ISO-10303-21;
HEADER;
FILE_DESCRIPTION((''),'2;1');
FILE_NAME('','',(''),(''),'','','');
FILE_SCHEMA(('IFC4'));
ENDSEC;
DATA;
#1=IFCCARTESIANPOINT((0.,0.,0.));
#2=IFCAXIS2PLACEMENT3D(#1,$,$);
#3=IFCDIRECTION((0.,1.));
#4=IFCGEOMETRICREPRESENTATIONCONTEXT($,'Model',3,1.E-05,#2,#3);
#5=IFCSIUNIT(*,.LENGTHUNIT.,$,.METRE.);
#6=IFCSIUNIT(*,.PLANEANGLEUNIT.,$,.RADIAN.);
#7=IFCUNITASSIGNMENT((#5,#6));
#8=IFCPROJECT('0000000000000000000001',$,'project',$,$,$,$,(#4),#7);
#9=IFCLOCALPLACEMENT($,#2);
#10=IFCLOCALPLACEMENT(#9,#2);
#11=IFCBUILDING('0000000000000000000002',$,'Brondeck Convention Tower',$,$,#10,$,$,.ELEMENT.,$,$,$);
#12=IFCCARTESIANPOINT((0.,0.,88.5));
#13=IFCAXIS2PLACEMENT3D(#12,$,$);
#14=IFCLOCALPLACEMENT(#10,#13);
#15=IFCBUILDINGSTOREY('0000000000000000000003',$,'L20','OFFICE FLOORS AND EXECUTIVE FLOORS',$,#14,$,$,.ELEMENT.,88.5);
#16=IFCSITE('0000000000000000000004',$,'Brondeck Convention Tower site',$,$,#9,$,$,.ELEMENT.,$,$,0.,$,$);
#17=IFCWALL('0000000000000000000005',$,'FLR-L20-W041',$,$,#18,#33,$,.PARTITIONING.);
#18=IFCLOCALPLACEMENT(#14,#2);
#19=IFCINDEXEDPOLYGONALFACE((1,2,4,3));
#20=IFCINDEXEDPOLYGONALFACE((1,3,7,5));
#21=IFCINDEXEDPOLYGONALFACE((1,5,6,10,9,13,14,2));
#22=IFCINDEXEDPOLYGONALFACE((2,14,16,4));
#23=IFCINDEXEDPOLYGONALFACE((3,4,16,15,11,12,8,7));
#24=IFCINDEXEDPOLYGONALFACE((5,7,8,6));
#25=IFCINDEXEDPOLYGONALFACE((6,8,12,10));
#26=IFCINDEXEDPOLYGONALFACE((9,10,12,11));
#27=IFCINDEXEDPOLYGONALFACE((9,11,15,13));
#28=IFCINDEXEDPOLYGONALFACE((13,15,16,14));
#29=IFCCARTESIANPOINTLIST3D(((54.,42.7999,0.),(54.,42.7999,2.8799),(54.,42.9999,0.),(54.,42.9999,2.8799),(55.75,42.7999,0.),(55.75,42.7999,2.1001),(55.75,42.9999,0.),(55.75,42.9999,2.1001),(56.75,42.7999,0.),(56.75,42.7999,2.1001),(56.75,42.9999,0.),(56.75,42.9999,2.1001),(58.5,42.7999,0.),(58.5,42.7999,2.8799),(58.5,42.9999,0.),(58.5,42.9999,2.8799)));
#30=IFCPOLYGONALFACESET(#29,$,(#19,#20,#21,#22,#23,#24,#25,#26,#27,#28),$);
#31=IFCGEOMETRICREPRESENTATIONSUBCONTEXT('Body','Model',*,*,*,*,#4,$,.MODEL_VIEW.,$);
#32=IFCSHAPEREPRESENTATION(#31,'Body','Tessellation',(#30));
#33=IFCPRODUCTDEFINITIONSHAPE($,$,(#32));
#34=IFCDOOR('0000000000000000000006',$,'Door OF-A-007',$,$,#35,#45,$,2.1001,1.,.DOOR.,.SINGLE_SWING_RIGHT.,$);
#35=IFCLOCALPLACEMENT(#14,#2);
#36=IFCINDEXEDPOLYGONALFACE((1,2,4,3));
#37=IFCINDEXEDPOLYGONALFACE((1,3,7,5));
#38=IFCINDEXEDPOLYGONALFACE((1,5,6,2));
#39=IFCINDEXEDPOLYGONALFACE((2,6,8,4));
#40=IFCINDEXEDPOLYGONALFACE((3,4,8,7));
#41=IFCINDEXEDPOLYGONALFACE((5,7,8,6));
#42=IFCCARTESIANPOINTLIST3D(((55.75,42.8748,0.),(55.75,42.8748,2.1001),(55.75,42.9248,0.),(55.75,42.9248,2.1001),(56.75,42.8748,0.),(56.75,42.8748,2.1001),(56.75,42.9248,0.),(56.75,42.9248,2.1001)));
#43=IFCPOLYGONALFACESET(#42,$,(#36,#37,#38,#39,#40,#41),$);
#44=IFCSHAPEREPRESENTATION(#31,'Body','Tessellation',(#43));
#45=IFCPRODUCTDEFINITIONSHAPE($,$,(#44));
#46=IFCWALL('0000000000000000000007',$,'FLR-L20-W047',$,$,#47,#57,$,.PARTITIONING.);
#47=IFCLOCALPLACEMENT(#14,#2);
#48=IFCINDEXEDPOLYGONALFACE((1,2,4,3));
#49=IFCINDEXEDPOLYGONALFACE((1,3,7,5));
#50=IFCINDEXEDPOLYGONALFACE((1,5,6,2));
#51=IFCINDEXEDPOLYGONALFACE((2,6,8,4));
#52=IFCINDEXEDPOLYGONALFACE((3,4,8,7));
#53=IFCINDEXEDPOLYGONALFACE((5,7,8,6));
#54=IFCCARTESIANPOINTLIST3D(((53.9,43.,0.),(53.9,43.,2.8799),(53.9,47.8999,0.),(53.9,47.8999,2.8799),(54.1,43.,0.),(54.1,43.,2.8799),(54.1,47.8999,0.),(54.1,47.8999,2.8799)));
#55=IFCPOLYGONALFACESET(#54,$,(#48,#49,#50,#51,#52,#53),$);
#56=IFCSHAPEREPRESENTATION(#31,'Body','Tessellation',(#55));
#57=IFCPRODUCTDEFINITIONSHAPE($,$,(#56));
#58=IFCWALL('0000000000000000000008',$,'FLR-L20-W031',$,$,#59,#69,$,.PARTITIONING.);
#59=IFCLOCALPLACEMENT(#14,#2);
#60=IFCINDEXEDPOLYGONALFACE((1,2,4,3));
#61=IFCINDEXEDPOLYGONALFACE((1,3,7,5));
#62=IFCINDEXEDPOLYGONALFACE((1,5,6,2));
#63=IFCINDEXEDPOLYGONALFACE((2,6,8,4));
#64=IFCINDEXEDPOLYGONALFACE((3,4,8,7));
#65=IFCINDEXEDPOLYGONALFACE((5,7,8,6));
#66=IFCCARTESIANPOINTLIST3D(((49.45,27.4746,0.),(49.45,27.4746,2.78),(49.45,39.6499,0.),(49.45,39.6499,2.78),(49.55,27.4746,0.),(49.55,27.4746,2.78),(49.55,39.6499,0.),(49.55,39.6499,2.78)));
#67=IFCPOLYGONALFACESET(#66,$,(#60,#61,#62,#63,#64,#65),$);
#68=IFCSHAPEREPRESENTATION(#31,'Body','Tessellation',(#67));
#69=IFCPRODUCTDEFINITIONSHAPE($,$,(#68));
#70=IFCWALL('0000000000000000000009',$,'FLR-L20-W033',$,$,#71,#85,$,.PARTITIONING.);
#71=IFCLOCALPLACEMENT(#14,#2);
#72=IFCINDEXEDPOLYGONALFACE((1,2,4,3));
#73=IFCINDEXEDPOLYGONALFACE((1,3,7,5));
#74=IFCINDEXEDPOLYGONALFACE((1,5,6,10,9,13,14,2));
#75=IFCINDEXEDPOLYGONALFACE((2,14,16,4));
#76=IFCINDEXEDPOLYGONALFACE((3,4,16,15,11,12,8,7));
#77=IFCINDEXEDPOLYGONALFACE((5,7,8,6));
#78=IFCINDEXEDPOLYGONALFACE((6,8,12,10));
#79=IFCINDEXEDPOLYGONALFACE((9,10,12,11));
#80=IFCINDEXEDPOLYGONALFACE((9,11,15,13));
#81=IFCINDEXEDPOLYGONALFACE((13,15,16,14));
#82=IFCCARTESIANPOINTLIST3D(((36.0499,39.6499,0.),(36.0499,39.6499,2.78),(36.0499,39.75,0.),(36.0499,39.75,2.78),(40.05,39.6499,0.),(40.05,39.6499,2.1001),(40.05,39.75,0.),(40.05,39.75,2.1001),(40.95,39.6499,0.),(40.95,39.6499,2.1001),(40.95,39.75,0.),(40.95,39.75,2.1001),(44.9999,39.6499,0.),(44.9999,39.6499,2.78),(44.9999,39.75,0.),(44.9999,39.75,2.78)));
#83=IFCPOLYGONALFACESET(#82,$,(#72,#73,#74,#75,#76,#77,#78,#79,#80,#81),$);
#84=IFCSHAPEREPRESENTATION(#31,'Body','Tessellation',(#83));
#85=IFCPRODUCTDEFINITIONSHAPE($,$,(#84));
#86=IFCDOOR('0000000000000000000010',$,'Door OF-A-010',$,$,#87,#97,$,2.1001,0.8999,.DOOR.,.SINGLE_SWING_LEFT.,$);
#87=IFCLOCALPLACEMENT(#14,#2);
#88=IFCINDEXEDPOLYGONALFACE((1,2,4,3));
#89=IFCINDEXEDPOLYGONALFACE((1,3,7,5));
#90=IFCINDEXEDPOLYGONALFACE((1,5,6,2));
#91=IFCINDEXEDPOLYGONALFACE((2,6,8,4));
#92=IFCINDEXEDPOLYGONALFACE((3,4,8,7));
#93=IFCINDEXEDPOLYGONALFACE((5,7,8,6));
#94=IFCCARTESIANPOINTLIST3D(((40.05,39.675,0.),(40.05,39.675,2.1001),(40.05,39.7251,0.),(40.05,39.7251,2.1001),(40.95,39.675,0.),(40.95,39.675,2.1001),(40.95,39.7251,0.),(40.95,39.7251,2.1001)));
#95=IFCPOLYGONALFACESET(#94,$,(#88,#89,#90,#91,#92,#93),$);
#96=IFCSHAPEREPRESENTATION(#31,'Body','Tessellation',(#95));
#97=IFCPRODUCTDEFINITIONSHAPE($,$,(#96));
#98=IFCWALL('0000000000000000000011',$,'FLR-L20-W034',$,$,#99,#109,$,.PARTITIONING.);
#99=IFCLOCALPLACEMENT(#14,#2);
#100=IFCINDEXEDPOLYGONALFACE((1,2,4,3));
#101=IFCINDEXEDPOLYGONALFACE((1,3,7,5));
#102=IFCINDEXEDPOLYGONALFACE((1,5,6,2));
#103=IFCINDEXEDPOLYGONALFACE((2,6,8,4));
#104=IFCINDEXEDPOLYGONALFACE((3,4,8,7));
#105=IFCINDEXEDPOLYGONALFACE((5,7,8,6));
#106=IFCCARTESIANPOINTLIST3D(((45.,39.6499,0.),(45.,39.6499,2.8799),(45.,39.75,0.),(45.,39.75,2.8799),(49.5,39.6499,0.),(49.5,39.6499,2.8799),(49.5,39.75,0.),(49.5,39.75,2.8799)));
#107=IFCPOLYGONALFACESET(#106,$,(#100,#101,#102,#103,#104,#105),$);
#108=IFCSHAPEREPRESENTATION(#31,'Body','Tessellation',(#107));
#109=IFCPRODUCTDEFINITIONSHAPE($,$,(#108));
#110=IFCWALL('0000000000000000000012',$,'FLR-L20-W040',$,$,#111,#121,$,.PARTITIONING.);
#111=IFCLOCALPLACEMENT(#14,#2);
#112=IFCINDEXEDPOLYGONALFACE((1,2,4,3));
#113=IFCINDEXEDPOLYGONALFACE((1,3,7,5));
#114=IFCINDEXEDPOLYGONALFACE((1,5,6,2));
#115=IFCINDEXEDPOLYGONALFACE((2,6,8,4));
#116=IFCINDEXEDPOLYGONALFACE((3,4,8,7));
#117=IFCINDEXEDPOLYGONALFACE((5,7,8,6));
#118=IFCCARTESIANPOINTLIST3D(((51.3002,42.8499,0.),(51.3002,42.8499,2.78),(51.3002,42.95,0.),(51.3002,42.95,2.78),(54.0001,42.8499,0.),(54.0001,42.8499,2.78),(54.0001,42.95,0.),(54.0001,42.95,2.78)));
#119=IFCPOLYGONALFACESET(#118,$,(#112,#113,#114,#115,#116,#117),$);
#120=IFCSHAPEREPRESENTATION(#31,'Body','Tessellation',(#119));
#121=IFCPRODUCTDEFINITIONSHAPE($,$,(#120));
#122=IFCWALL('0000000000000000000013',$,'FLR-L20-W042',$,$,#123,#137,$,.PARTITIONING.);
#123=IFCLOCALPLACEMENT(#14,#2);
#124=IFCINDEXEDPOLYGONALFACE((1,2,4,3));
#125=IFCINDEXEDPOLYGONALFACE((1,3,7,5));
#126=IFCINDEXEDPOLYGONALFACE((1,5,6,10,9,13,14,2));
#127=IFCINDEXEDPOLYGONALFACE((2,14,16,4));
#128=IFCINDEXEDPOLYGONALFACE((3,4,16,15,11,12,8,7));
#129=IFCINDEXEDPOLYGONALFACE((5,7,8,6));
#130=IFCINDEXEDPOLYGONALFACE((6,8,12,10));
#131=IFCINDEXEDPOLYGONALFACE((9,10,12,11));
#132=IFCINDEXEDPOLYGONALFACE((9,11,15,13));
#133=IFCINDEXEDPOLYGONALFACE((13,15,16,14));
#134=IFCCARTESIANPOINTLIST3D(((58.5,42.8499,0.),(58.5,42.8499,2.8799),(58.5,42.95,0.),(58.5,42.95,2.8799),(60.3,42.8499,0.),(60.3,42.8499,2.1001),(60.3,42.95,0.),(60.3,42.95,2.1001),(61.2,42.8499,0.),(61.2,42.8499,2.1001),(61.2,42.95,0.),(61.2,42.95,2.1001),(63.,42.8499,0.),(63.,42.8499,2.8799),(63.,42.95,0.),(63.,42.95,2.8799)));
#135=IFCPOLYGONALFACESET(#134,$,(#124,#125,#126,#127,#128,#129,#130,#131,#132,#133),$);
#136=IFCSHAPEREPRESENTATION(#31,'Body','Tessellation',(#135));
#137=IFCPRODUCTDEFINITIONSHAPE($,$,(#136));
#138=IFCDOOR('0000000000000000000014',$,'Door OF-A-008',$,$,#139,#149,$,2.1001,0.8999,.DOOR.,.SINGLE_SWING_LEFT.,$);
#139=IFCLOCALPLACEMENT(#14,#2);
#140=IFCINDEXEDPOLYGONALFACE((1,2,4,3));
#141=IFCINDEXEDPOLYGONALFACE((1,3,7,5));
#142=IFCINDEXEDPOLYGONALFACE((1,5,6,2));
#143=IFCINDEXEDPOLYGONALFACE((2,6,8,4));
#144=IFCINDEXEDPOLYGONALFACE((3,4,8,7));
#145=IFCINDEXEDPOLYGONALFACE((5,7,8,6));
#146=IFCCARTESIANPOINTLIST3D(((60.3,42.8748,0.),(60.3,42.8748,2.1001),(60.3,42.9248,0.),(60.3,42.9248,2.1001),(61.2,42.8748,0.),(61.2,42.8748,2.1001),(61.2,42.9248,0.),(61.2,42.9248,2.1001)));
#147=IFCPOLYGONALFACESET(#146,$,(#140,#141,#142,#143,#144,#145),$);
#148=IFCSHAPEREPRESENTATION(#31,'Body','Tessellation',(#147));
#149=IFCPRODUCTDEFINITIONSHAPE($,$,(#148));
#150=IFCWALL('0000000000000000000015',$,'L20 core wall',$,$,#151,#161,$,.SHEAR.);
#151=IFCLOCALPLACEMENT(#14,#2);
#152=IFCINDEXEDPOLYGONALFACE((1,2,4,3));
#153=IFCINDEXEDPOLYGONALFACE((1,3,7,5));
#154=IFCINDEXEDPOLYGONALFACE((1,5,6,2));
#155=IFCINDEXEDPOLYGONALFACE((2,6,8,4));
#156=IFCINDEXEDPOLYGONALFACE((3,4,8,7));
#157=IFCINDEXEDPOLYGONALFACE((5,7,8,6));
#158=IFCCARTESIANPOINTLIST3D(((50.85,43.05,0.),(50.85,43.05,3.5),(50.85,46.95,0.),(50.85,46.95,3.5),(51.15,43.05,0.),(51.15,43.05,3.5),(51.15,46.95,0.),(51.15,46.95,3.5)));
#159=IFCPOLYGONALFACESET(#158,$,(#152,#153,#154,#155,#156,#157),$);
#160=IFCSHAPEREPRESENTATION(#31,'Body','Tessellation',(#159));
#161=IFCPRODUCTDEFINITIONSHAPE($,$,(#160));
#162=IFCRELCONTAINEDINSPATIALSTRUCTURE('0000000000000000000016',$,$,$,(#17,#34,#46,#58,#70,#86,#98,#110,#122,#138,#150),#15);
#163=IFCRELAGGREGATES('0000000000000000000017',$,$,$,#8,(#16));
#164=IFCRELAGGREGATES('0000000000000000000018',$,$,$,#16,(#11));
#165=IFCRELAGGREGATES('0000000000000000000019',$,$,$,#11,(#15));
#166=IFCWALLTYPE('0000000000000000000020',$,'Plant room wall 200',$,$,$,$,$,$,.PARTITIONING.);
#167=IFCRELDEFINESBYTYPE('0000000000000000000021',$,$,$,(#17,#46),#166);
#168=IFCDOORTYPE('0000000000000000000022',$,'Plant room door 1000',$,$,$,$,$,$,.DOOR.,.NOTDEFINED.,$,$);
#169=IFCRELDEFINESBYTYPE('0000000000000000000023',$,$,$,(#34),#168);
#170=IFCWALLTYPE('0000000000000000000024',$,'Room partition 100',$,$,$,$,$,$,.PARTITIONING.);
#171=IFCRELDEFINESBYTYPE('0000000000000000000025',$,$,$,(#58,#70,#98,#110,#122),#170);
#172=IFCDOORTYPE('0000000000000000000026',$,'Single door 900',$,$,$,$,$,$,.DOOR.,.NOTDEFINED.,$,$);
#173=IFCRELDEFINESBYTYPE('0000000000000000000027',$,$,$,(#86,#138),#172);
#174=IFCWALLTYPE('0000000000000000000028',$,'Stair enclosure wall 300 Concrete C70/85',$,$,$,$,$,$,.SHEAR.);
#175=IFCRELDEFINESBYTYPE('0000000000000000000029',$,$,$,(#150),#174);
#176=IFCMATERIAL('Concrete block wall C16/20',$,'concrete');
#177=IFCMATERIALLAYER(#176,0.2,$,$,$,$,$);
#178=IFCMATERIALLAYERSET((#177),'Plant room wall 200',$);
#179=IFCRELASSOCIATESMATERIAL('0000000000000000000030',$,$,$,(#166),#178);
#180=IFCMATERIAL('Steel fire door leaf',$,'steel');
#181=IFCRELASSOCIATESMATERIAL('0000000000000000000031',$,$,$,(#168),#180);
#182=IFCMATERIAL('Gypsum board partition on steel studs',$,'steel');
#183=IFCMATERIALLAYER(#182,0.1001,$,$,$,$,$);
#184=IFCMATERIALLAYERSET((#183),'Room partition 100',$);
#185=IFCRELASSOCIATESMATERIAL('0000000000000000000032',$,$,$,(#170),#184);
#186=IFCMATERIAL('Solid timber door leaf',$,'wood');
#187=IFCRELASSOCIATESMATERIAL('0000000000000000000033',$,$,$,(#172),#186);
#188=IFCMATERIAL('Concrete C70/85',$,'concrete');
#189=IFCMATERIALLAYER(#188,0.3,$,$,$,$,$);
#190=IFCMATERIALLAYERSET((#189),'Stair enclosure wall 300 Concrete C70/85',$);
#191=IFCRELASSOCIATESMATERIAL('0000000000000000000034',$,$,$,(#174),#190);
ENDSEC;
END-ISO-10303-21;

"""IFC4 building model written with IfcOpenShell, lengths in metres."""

from ifc_helpers import new_model, si_unit, direction, frame, frame_2d, origin, place, context, subcontext, project, spatial, rectangle, extrude, material, layer, layer_set, type_object, element, fill, save


model = new_model("IFC4")

# Units and contexts
model_context = context("Model", 3, precision=1e-05, world=origin(), true_north=direction((0.0, 1.0)))
body_context = subcontext(model_context, "Body", "Model", "MODEL_VIEW")
ifc_project = project(units=[si_unit("LENGTHUNIT", "METRE"), si_unit("PLANEANGLEUNIT", "RADIAN")], contexts=[model_context])

# Site, building, storey
site_placement = place(None, origin())
site = spatial("IfcSite", under=ifc_project, at=site_placement, Name="Brondeck Convention Tower site", CompositionType="ELEMENT", RefElevation=0.0)
building_placement = place(site_placement, origin())
building = spatial("IfcBuilding", under=site, at=building_placement, Name="Brondeck Convention Tower", CompositionType="ELEMENT")
storey_placement = place(building_placement, frame((0.0, 0.0, 88.5)))
storey = spatial("IfcBuildingStorey", under=building, at=storey_placement, Name="L20", Description="OFFICE FLOORS AND EXECUTIVE FLOORS", CompositionType="ELEMENT", Elevation=88.5)

# Shared definitions
ifc_material_1 = material(Name="Concrete C70/85", Category="concrete")

# Wall, opening, door
ifc_material_2 = material(Name="Concrete block wall C16/20", Category="concrete")
ifc_layer_1 = layer(ifc_material_2, 0.2)
ifc_layer_set_1 = layer_set([ifc_layer_1], Name="Plant room wall 200")
wall_type_1 = type_object("IfcWallType", Name="Plant room wall 200", PredefinedType="PARTITIONING", material=ifc_layer_set_1)
wall_1_placement = place(storey_placement, frame((54.0, 42.8999, 0.0), z_axis=(0.0, 0.0, 1.0), x_axis=(1.0, 0.0, 0.0)))
wall_1 = element("IfcWall", 1, at=wall_1_placement, inside=storey, type_object=wall_type_1, Name="FLR-L20-W041", PredefinedType="PARTITIONING", context=body_context, shape_type="SweptSolid", body=[
    extrude(rectangle(XDim=4.5, YDim=0.2, at=frame_2d((2.25, 0.0))), origin(), (0.0, 0.0, 1.0), 2.8799),
])
opening_1_placement = place(wall_1_placement, frame((1.75, 0.0, 0.0)))
opening_1 = element("IfcOpeningElement", 2, at=opening_1_placement, cuts=wall_1, PredefinedType="OPENING", context=body_context, shape_type="SweptSolid", body=[
    extrude(rectangle(XDim=1.0, YDim=2.1001, at=frame_2d((0.5, 1.05))), frame((0.0, 0.1099, 0.0), z_axis=(0.0, -1.0, 0.0), x_axis=(1.0, 0.0, 0.0)), (0.0, 0.0, 1.0), 0.22),
])
ifc_material_3 = material(Name="Steel fire door leaf", Category="steel")
door_type_1 = type_object("IfcDoorType", Name="Plant room door 1000", OperationType="NOTDEFINED", PredefinedType="DOOR", material=ifc_material_3)
door_1_placement = place(opening_1_placement, origin())
door_1 = element("IfcDoor", 3, at=door_1_placement, inside=storey, type_object=door_type_1, Name="Door OF-A-007", OperationType="SINGLE_SWING_RIGHT", OverallHeight=2.1001, OverallWidth=1.0, PredefinedType="DOOR", context=body_context, shape_type="SweptSolid", body=[
    extrude(rectangle(XDim=1.0, YDim=2.1001, at=frame_2d((0.5, 1.05))), frame((0.0, 0.0249, 0.0), z_axis=(0.0, -1.0, 0.0), x_axis=(1.0, 0.0, 0.0)), (0.0, 0.0, 1.0), 0.05),
])
fill(opening_1, door_1)

# Walls
wall_2_placement = place(storey_placement, frame((54.0, 43.0, 0.0), z_axis=(0.0, 0.0, 1.0), x_axis=(0.0, 1.0, 0.0)))
element("IfcWall", 4, at=wall_2_placement, inside=storey, type_object=wall_type_1, Name="FLR-L20-W047", PredefinedType="PARTITIONING", context=body_context, shape_type="SweptSolid", body=[
    extrude(rectangle(XDim=4.8999, YDim=0.2, at=frame_2d((2.45, 0.0))), origin(), (0.0, 0.0, 1.0), 2.8799),
])
ifc_material_4 = material(Name="Gypsum board partition on steel studs", Category="steel")
ifc_layer_2 = layer(ifc_material_4, 0.1001)
ifc_layer_set_2 = layer_set([ifc_layer_2], Name="Room partition 100")
wall_type_2 = type_object("IfcWallType", Name="Room partition 100", PredefinedType="PARTITIONING", material=ifc_layer_set_2)
wall_3_placement = place(storey_placement, frame((49.5, 39.6499, 0.0), z_axis=(0.0, 0.0, 1.0), x_axis=(0.0, -1.0, 0.0)))
element("IfcWall", 5, at=wall_3_placement, inside=storey, type_object=wall_type_2, Name="FLR-L20-W031", PredefinedType="PARTITIONING", context=body_context, shape_type="SweptSolid", body=[
    extrude(rectangle(XDim=12.1753, YDim=0.1001, at=frame_2d((6.0876, 0.0))), origin(), (0.0, 0.0, 1.0), 2.78),
])

# Wall, opening, door
wall_4_placement = place(storey_placement, frame((45.0, 39.7, 0.0), z_axis=(0.0, 0.0, 1.0), x_axis=(-1.0, 0.0, 0.0)))
wall_4 = element("IfcWall", 6, at=wall_4_placement, inside=storey, type_object=wall_type_2, Name="FLR-L20-W033", PredefinedType="PARTITIONING", context=body_context, shape_type="SweptSolid", body=[
    extrude(rectangle(XDim=8.95, YDim=0.1001, at=frame_2d((4.4751, 0.0))), origin(), (0.0, 0.0, 1.0), 2.78),
])
opening_2_placement = place(wall_4_placement, frame((4.05, 0.0, 0.0)))
opening_2 = element("IfcOpeningElement", 7, at=opening_2_placement, cuts=wall_4, PredefinedType="OPENING", context=body_context, shape_type="SweptSolid", body=[
    extrude(rectangle(XDim=0.8999, YDim=2.1001, at=frame_2d((0.45, 1.05))), frame((0.0, 0.0601, 0.0), z_axis=(0.0, -1.0, 0.0), x_axis=(1.0, 0.0, 0.0)), (0.0, 0.0, 1.0), 0.1201),
])
ifc_material_5 = material(Name="Solid timber door leaf", Category="wood")
door_type_2 = type_object("IfcDoorType", Name="Single door 900", OperationType="NOTDEFINED", PredefinedType="DOOR", material=ifc_material_5)
door_2_placement = place(opening_2_placement, origin())
door_2 = element("IfcDoor", 8, at=door_2_placement, inside=storey, type_object=door_type_2, Name="Door OF-A-010", OperationType="SINGLE_SWING_LEFT", OverallHeight=2.1001, OverallWidth=0.8999, PredefinedType="DOOR", context=body_context, shape_type="SweptSolid", body=[
    extrude(rectangle(XDim=0.8999, YDim=2.1001, at=frame_2d((0.45, 1.05))), frame((0.0, 0.0249, 0.0), z_axis=(0.0, -1.0, 0.0), x_axis=(1.0, 0.0, 0.0)), (0.0, 0.0, 1.0), 0.05),
])
fill(opening_2, door_2)

# Walls
wall_5_placement = place(storey_placement, frame((49.5, 39.7, 0.0), z_axis=(0.0, 0.0, 1.0), x_axis=(-1.0, 0.0, 0.0)))
element("IfcWall", 9, at=wall_5_placement, inside=storey, type_object=wall_type_2, Name="FLR-L20-W034", PredefinedType="PARTITIONING", context=body_context, shape_type="SweptSolid", body=[
    extrude(rectangle(XDim=4.5, YDim=0.1001, at=frame_2d((2.25, 0.0))), origin(), (0.0, 0.0, 1.0), 2.8799),
])
wall_6_placement = place(storey_placement, frame((51.3, 42.8999, 0.0), z_axis=(0.0, 0.0, 1.0), x_axis=(1.0, 0.0, 0.0)))
element("IfcWall", 10, at=wall_6_placement, inside=storey, type_object=wall_type_2, Name="FLR-L20-W040", PredefinedType="PARTITIONING", context=body_context, shape_type="SweptSolid", body=[
    extrude(rectangle(XDim=2.7, YDim=0.1001, at=frame_2d((1.3501, 0.0))), origin(), (0.0, 0.0, 1.0), 2.78),
])

# Wall, opening, door
wall_7_placement = place(storey_placement, frame((58.5, 42.8999, 0.0), z_axis=(0.0, 0.0, 1.0), x_axis=(1.0, 0.0, 0.0)))
wall_7 = element("IfcWall", 11, at=wall_7_placement, inside=storey, type_object=wall_type_2, Name="FLR-L20-W042", PredefinedType="PARTITIONING", context=body_context, shape_type="SweptSolid", body=[
    extrude(rectangle(XDim=4.5, YDim=0.1001, at=frame_2d((2.25, 0.0))), origin(), (0.0, 0.0, 1.0), 2.8799),
])
opening_3_placement = place(wall_7_placement, frame((1.8, 0.0, 0.0)))
opening_3 = element("IfcOpeningElement", 12, at=opening_3_placement, cuts=wall_7, PredefinedType="OPENING", context=body_context, shape_type="SweptSolid", body=[
    extrude(rectangle(XDim=0.8999, YDim=2.1001, at=frame_2d((0.45, 1.05))), frame((0.0, 0.0601, 0.0), z_axis=(0.0, -1.0, 0.0), x_axis=(1.0, 0.0, 0.0)), (0.0, 0.0, 1.0), 0.1201),
])
door_3_placement = place(opening_3_placement, origin())
door_3 = element("IfcDoor", 13, at=door_3_placement, inside=storey, type_object=door_type_2, Name="Door OF-A-008", OperationType="SINGLE_SWING_LEFT", OverallHeight=2.1001, OverallWidth=0.8999, PredefinedType="DOOR", context=body_context, shape_type="SweptSolid", body=[
    extrude(rectangle(XDim=0.8999, YDim=2.1001, at=frame_2d((0.45, 1.05))), frame((0.0, 0.0249, 0.0), z_axis=(0.0, -1.0, 0.0), x_axis=(1.0, 0.0, 0.0)), (0.0, 0.0, 1.0), 0.05),
])
fill(opening_3, door_3)

# Wall
ifc_layer_3 = layer(ifc_material_1, 0.3)
ifc_layer_set_3 = layer_set([ifc_layer_3], Name="Stair enclosure wall 300 Concrete C70/85")
wall_type_3 = type_object("IfcWallType", Name="Stair enclosure wall 300 Concrete C70/85", PredefinedType="SHEAR", material=ifc_layer_set_3)
wall_8_placement = place(storey_placement, frame((51.0, 43.05, 0.0), z_axis=(0.0, 0.0, 1.0), x_axis=(0.0, 1.0, 0.0)))
element("IfcWall", 14, at=wall_8_placement, inside=storey, type_object=wall_type_3, Name="L20 core wall", PredefinedType="SHEAR", context=body_context, shape_type="SweptSolid", body=[
    extrude(rectangle(XDim=3.8999, YDim=0.3, at=frame_2d((1.95, 0.0))), origin(), (0.0, 0.0, 1.0), 3.5),
])

save(model, "model.ifc")
